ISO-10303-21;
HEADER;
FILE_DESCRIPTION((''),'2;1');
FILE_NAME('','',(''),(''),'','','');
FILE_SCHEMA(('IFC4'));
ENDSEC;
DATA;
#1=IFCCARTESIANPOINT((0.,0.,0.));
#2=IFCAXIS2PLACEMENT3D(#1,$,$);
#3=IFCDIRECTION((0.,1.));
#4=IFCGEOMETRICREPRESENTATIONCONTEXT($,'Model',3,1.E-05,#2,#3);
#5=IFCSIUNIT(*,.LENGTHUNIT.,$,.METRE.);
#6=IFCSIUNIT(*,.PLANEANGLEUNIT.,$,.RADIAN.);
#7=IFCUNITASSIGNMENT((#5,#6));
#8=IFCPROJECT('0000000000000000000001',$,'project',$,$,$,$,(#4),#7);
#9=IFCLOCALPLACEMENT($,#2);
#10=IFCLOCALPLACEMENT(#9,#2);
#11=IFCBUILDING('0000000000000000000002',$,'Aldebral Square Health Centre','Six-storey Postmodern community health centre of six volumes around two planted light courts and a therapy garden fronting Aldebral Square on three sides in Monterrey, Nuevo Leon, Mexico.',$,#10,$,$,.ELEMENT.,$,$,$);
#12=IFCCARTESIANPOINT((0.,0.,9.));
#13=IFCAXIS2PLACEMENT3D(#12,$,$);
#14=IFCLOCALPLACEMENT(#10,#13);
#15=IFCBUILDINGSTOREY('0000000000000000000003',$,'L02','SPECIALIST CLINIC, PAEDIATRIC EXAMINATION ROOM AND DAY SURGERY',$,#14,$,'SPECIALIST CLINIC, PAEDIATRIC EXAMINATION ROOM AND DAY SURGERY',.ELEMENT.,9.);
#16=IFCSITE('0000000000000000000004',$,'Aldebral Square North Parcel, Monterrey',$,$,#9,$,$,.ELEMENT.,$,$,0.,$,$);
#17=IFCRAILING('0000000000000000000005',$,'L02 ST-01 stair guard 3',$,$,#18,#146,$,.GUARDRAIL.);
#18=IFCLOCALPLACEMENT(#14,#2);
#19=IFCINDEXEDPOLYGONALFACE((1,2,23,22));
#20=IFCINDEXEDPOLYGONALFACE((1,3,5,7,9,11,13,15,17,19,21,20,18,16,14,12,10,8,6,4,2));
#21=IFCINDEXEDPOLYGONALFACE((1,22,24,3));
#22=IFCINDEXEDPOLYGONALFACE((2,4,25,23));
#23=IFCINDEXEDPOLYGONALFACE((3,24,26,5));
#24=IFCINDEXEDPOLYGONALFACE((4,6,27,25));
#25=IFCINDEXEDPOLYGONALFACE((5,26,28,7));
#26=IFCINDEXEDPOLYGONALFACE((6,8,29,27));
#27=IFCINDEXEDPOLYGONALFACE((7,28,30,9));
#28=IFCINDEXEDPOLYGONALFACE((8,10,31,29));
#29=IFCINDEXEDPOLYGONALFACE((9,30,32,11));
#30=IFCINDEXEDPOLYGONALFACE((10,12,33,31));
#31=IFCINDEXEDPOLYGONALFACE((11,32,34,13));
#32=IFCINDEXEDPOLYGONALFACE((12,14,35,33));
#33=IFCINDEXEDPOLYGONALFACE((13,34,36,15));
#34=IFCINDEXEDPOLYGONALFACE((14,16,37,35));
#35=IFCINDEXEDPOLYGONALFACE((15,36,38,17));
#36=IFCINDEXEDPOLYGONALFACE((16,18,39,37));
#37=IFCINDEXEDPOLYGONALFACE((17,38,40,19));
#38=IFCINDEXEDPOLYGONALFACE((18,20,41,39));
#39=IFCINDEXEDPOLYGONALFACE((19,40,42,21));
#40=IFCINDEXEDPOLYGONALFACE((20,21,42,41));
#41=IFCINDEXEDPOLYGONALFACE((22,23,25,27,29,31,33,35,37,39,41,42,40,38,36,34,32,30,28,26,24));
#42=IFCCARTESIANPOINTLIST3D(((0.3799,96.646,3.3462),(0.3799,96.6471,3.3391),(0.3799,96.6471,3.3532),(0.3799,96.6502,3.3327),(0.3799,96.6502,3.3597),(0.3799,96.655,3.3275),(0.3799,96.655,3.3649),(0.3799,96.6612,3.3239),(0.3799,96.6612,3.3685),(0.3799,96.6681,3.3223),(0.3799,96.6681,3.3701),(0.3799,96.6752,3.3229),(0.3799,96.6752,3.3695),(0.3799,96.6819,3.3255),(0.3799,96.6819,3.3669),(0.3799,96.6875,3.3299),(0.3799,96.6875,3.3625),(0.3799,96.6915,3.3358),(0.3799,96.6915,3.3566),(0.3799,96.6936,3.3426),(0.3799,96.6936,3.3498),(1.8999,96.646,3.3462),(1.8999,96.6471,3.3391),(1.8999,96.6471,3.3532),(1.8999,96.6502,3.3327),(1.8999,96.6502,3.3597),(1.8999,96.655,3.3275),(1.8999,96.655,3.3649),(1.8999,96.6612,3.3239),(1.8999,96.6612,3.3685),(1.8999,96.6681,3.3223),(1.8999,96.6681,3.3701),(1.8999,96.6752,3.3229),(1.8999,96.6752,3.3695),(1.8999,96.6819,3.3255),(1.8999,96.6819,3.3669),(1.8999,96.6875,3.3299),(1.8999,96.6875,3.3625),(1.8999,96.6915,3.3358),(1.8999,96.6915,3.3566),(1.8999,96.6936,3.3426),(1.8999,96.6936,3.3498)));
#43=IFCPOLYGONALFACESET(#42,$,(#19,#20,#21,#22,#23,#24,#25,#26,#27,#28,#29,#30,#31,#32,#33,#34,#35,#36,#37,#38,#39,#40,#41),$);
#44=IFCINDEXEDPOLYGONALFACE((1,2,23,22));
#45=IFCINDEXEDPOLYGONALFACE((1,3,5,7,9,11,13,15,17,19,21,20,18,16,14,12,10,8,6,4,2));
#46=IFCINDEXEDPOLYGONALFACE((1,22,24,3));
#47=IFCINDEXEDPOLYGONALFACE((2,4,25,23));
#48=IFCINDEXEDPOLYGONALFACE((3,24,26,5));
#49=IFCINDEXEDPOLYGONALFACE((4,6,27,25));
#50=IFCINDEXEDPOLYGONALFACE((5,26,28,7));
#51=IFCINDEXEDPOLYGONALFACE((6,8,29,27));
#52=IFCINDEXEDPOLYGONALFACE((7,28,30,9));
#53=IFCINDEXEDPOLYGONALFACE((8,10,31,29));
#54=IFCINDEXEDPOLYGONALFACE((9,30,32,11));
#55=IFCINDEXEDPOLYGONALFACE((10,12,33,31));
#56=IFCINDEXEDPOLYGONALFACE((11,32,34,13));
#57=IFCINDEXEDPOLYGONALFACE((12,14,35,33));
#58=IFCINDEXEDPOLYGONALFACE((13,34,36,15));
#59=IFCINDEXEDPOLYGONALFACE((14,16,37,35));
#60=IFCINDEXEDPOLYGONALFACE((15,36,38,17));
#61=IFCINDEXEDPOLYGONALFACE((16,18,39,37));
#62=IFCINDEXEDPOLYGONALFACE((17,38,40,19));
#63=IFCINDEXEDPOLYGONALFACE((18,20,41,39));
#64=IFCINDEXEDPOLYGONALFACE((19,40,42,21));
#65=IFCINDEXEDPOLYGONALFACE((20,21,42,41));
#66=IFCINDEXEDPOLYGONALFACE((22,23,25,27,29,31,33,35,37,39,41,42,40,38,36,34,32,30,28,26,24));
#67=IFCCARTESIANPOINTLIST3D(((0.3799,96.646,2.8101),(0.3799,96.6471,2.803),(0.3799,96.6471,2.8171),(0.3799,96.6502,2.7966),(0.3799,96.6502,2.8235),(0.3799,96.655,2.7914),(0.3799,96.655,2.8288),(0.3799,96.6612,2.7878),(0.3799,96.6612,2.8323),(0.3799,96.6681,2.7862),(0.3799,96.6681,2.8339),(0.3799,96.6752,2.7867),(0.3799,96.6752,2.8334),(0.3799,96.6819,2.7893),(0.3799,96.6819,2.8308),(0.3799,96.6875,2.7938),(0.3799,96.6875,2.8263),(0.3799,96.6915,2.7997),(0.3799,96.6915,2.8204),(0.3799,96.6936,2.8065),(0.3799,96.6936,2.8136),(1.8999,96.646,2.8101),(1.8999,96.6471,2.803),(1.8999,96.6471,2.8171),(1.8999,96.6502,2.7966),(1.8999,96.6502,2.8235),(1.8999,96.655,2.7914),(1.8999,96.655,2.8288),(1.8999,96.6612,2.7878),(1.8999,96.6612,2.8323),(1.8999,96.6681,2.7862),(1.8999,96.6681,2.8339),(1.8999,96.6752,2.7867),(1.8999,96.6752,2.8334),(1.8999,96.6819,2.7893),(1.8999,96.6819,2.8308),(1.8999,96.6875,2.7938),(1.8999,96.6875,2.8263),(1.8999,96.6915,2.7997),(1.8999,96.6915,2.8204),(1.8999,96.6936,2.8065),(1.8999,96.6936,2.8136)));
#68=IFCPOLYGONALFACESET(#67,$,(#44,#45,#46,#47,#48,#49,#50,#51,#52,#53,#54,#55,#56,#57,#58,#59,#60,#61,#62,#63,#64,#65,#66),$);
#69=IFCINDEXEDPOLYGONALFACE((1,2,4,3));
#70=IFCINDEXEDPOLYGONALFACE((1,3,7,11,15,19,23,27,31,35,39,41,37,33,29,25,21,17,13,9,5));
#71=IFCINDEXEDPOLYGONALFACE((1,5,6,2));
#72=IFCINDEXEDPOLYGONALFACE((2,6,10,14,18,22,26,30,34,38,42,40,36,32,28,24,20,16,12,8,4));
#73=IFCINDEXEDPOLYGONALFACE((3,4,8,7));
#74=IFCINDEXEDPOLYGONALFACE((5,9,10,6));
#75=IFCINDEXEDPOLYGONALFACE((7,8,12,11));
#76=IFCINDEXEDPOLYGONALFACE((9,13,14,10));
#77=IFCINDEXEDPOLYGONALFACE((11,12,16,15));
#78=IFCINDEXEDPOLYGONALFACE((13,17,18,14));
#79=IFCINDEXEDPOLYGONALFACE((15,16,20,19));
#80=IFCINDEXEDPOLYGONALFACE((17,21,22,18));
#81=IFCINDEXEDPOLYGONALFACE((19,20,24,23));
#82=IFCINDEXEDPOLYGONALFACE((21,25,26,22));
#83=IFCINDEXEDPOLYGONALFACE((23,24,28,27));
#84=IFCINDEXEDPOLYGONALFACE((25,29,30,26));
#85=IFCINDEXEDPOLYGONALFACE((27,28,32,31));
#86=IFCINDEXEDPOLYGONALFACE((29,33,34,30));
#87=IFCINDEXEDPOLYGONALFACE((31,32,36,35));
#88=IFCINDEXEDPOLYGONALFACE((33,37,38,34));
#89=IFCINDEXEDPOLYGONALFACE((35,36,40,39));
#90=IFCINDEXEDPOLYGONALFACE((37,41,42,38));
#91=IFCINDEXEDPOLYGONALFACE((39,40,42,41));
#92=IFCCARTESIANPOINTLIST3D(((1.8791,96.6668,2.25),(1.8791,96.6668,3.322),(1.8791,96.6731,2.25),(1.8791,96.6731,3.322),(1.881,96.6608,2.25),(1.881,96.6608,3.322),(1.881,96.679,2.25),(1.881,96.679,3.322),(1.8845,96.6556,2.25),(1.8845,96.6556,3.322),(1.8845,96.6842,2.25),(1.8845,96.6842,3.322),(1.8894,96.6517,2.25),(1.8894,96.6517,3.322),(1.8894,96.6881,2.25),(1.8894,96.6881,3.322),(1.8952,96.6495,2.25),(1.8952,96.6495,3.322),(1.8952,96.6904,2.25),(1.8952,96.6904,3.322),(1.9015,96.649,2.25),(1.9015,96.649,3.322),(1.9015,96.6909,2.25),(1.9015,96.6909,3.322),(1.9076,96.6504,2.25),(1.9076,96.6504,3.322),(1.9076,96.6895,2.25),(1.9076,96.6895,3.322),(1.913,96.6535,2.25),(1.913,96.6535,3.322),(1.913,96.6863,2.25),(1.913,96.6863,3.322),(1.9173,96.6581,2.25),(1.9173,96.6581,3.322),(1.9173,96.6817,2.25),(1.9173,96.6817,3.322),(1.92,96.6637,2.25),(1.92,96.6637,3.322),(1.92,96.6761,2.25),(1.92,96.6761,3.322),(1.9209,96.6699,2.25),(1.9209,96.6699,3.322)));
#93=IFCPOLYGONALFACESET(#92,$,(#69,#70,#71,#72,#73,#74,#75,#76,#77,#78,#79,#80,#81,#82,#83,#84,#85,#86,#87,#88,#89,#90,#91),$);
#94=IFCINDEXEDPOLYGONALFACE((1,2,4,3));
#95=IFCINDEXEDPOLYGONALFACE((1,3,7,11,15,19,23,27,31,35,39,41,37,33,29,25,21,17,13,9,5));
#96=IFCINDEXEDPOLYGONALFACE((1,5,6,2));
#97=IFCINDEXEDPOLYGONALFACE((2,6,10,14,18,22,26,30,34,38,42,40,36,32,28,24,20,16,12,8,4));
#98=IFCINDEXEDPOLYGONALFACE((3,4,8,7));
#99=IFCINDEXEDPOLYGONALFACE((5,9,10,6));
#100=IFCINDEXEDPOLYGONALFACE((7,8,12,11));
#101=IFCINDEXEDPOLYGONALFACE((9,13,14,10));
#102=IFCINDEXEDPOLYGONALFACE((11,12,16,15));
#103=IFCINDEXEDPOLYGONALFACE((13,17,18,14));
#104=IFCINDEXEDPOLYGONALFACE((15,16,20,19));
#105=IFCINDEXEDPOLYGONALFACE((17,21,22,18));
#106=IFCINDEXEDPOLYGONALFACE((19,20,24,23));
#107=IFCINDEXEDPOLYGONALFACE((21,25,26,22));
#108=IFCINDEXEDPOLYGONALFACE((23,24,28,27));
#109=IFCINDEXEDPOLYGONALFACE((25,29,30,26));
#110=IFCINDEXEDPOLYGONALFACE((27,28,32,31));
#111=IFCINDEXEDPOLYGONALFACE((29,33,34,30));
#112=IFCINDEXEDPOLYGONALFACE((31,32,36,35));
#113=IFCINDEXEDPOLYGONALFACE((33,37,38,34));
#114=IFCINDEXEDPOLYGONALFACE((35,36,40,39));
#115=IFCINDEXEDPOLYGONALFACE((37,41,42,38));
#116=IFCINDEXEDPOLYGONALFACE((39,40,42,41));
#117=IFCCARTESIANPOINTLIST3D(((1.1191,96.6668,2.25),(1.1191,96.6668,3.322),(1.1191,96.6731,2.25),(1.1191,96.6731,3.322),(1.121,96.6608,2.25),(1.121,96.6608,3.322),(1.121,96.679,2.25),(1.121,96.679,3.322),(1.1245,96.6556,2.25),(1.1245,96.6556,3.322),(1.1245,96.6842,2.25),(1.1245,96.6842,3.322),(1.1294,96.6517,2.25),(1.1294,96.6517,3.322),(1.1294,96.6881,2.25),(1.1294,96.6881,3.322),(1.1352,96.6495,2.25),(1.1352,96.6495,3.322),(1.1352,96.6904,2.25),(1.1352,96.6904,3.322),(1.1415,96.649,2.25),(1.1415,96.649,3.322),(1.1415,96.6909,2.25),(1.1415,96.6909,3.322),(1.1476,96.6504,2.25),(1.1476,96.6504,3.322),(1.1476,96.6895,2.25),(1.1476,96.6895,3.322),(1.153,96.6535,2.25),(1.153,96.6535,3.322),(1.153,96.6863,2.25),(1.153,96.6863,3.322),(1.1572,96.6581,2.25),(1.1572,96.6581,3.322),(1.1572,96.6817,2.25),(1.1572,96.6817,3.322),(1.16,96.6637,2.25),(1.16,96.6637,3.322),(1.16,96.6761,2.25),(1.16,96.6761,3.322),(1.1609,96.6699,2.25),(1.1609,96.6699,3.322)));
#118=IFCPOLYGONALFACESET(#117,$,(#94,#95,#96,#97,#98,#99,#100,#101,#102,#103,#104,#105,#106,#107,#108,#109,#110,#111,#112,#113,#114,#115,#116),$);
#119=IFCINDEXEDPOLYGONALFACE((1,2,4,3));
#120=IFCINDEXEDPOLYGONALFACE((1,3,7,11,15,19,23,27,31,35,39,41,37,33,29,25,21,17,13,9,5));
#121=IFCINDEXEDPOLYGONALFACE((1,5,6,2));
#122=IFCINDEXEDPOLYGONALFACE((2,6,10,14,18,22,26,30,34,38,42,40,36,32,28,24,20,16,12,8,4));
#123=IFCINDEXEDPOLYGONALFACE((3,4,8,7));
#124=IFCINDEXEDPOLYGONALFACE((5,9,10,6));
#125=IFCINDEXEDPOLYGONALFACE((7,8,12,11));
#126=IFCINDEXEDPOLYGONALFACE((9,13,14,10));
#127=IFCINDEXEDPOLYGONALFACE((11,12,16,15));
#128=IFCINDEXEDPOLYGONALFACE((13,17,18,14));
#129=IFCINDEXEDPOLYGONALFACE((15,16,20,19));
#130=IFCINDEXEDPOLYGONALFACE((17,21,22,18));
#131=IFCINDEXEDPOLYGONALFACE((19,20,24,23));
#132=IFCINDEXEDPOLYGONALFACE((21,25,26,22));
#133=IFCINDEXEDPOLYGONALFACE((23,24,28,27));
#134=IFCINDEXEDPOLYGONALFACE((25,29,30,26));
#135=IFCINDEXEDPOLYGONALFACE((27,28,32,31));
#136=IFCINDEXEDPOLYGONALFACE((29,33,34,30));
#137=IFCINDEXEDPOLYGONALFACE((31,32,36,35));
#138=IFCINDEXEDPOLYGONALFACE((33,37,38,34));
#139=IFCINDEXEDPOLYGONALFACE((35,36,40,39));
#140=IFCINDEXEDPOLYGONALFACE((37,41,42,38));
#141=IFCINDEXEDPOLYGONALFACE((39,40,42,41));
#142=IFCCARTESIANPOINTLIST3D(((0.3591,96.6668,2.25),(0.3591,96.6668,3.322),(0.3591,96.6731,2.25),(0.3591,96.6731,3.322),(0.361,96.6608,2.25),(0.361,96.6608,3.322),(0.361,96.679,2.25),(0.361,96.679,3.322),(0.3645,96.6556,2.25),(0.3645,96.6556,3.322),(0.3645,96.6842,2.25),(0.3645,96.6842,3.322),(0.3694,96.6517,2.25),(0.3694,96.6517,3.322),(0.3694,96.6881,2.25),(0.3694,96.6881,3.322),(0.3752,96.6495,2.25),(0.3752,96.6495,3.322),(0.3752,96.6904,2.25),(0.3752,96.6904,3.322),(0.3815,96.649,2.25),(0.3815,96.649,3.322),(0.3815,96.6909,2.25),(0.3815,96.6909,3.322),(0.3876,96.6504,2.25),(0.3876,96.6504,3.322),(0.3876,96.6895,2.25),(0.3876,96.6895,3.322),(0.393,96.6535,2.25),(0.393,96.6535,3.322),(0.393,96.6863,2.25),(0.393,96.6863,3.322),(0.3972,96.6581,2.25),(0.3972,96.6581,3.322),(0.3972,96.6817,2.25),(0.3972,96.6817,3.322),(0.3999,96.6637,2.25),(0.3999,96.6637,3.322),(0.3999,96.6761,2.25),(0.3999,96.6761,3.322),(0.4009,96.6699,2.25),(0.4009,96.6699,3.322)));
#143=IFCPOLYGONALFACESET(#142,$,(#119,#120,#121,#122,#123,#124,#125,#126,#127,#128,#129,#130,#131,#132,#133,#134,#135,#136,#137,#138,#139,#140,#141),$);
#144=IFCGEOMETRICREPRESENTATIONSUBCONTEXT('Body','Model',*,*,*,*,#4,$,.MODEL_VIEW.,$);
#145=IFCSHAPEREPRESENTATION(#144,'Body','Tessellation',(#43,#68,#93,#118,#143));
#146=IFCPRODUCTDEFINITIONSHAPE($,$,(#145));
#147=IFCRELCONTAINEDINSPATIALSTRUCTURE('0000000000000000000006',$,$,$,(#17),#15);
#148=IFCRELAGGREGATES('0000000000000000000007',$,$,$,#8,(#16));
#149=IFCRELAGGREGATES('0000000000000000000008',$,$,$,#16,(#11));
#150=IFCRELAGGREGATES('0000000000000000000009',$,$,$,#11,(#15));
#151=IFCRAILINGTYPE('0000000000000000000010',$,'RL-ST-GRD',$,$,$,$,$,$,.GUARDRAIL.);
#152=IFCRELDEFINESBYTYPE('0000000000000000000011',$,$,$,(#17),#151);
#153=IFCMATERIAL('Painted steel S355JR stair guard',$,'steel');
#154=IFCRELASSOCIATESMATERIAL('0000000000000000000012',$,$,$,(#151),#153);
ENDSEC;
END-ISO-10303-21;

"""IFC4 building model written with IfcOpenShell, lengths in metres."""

from ifc_helpers import new_model, si_unit, direction, frame, origin, origin_2d, place, context, subcontext, project, spatial, circle, extrude, material, type_object, element, save


model = new_model("IFC4")

# Units and contexts
model_context = context("Model", 3, precision=1e-05, world=origin(), true_north=direction((0.0, 1.0)))
body_context = subcontext(model_context, "Body", "Model", "MODEL_VIEW")
ifc_project = project(units=[si_unit("LENGTHUNIT", "METRE"), si_unit("PLANEANGLEUNIT", "RADIAN")], contexts=[model_context])

# Site, building, storey
site_placement = place(None, origin())
site = spatial("IfcSite", under=ifc_project, at=site_placement, Name="Aldebral Square North Parcel, Monterrey", CompositionType="ELEMENT", RefElevation=0.0)
building_placement = place(site_placement, origin())
building = spatial("IfcBuilding", under=site, at=building_placement, Name="Aldebral Square Health Centre", Description="Six-storey Postmodern community health centre of six volumes around two planted light courts and a therapy garden fronting Aldebral Square on three sides in Monterrey, Nuevo Leon, Mexico.", CompositionType="ELEMENT")
storey_placement = place(building_placement, frame((0.0, 0.0, 9.0)))
storey = spatial("IfcBuildingStorey", under=building, at=storey_placement, Name="L02", Description="SPECIALIST CLINIC, PAEDIATRIC EXAMINATION ROOM AND DAY SURGERY", LongName="SPECIALIST CLINIC, PAEDIATRIC EXAMINATION ROOM AND DAY SURGERY", CompositionType="ELEMENT", Elevation=9.0)

# Railing
ifc_material_1 = material(Name="Painted steel S355JR stair guard", Category="steel")
railing_type = type_object("IfcRailingType", Name="RL-ST-GRD", PredefinedType="GUARDRAIL", material=ifc_material_1)
railing_1_placement = place(storey_placement, frame((1.8999, 96.6699, 2.25)))
element("IfcRailing", 1, at=railing_1_placement, inside=storey, type_object=railing_type, Name="L02 ST-01 stair guard 3", PredefinedType="GUARDRAIL", context=body_context, shape_type="SweptSolid", body=[
    extrude(circle(Radius=0.0239, at=origin_2d()), frame((0.0, 0.0, 1.0962), z_axis=(-1.0, 0.0, 0.0), x_axis=(0.0, -1.0, 0.0)), (0.0, 0.0, 1.0), 1.52),
    extrude(circle(Radius=0.0239, at=origin_2d()), frame((0.0, 0.0, 0.5601), z_axis=(-1.0, 0.0, 0.0), x_axis=(0.0, -1.0, 0.0)), (0.0, 0.0, 1.0), 1.52),
    extrude(circle(Radius=0.021, at=origin_2d()), origin(), (0.0, 0.0, 1.0), 1.072),
    extrude(circle(Radius=0.021, at=origin_2d()), frame((-0.76, 0.0, 0.0)), (0.0, 0.0, 1.0), 1.072),
    extrude(circle(Radius=0.021, at=origin_2d()), frame((-1.52, 0.0, 0.0)), (0.0, 0.0, 1.0), 1.072),
])

save(model, "model.ifc")
